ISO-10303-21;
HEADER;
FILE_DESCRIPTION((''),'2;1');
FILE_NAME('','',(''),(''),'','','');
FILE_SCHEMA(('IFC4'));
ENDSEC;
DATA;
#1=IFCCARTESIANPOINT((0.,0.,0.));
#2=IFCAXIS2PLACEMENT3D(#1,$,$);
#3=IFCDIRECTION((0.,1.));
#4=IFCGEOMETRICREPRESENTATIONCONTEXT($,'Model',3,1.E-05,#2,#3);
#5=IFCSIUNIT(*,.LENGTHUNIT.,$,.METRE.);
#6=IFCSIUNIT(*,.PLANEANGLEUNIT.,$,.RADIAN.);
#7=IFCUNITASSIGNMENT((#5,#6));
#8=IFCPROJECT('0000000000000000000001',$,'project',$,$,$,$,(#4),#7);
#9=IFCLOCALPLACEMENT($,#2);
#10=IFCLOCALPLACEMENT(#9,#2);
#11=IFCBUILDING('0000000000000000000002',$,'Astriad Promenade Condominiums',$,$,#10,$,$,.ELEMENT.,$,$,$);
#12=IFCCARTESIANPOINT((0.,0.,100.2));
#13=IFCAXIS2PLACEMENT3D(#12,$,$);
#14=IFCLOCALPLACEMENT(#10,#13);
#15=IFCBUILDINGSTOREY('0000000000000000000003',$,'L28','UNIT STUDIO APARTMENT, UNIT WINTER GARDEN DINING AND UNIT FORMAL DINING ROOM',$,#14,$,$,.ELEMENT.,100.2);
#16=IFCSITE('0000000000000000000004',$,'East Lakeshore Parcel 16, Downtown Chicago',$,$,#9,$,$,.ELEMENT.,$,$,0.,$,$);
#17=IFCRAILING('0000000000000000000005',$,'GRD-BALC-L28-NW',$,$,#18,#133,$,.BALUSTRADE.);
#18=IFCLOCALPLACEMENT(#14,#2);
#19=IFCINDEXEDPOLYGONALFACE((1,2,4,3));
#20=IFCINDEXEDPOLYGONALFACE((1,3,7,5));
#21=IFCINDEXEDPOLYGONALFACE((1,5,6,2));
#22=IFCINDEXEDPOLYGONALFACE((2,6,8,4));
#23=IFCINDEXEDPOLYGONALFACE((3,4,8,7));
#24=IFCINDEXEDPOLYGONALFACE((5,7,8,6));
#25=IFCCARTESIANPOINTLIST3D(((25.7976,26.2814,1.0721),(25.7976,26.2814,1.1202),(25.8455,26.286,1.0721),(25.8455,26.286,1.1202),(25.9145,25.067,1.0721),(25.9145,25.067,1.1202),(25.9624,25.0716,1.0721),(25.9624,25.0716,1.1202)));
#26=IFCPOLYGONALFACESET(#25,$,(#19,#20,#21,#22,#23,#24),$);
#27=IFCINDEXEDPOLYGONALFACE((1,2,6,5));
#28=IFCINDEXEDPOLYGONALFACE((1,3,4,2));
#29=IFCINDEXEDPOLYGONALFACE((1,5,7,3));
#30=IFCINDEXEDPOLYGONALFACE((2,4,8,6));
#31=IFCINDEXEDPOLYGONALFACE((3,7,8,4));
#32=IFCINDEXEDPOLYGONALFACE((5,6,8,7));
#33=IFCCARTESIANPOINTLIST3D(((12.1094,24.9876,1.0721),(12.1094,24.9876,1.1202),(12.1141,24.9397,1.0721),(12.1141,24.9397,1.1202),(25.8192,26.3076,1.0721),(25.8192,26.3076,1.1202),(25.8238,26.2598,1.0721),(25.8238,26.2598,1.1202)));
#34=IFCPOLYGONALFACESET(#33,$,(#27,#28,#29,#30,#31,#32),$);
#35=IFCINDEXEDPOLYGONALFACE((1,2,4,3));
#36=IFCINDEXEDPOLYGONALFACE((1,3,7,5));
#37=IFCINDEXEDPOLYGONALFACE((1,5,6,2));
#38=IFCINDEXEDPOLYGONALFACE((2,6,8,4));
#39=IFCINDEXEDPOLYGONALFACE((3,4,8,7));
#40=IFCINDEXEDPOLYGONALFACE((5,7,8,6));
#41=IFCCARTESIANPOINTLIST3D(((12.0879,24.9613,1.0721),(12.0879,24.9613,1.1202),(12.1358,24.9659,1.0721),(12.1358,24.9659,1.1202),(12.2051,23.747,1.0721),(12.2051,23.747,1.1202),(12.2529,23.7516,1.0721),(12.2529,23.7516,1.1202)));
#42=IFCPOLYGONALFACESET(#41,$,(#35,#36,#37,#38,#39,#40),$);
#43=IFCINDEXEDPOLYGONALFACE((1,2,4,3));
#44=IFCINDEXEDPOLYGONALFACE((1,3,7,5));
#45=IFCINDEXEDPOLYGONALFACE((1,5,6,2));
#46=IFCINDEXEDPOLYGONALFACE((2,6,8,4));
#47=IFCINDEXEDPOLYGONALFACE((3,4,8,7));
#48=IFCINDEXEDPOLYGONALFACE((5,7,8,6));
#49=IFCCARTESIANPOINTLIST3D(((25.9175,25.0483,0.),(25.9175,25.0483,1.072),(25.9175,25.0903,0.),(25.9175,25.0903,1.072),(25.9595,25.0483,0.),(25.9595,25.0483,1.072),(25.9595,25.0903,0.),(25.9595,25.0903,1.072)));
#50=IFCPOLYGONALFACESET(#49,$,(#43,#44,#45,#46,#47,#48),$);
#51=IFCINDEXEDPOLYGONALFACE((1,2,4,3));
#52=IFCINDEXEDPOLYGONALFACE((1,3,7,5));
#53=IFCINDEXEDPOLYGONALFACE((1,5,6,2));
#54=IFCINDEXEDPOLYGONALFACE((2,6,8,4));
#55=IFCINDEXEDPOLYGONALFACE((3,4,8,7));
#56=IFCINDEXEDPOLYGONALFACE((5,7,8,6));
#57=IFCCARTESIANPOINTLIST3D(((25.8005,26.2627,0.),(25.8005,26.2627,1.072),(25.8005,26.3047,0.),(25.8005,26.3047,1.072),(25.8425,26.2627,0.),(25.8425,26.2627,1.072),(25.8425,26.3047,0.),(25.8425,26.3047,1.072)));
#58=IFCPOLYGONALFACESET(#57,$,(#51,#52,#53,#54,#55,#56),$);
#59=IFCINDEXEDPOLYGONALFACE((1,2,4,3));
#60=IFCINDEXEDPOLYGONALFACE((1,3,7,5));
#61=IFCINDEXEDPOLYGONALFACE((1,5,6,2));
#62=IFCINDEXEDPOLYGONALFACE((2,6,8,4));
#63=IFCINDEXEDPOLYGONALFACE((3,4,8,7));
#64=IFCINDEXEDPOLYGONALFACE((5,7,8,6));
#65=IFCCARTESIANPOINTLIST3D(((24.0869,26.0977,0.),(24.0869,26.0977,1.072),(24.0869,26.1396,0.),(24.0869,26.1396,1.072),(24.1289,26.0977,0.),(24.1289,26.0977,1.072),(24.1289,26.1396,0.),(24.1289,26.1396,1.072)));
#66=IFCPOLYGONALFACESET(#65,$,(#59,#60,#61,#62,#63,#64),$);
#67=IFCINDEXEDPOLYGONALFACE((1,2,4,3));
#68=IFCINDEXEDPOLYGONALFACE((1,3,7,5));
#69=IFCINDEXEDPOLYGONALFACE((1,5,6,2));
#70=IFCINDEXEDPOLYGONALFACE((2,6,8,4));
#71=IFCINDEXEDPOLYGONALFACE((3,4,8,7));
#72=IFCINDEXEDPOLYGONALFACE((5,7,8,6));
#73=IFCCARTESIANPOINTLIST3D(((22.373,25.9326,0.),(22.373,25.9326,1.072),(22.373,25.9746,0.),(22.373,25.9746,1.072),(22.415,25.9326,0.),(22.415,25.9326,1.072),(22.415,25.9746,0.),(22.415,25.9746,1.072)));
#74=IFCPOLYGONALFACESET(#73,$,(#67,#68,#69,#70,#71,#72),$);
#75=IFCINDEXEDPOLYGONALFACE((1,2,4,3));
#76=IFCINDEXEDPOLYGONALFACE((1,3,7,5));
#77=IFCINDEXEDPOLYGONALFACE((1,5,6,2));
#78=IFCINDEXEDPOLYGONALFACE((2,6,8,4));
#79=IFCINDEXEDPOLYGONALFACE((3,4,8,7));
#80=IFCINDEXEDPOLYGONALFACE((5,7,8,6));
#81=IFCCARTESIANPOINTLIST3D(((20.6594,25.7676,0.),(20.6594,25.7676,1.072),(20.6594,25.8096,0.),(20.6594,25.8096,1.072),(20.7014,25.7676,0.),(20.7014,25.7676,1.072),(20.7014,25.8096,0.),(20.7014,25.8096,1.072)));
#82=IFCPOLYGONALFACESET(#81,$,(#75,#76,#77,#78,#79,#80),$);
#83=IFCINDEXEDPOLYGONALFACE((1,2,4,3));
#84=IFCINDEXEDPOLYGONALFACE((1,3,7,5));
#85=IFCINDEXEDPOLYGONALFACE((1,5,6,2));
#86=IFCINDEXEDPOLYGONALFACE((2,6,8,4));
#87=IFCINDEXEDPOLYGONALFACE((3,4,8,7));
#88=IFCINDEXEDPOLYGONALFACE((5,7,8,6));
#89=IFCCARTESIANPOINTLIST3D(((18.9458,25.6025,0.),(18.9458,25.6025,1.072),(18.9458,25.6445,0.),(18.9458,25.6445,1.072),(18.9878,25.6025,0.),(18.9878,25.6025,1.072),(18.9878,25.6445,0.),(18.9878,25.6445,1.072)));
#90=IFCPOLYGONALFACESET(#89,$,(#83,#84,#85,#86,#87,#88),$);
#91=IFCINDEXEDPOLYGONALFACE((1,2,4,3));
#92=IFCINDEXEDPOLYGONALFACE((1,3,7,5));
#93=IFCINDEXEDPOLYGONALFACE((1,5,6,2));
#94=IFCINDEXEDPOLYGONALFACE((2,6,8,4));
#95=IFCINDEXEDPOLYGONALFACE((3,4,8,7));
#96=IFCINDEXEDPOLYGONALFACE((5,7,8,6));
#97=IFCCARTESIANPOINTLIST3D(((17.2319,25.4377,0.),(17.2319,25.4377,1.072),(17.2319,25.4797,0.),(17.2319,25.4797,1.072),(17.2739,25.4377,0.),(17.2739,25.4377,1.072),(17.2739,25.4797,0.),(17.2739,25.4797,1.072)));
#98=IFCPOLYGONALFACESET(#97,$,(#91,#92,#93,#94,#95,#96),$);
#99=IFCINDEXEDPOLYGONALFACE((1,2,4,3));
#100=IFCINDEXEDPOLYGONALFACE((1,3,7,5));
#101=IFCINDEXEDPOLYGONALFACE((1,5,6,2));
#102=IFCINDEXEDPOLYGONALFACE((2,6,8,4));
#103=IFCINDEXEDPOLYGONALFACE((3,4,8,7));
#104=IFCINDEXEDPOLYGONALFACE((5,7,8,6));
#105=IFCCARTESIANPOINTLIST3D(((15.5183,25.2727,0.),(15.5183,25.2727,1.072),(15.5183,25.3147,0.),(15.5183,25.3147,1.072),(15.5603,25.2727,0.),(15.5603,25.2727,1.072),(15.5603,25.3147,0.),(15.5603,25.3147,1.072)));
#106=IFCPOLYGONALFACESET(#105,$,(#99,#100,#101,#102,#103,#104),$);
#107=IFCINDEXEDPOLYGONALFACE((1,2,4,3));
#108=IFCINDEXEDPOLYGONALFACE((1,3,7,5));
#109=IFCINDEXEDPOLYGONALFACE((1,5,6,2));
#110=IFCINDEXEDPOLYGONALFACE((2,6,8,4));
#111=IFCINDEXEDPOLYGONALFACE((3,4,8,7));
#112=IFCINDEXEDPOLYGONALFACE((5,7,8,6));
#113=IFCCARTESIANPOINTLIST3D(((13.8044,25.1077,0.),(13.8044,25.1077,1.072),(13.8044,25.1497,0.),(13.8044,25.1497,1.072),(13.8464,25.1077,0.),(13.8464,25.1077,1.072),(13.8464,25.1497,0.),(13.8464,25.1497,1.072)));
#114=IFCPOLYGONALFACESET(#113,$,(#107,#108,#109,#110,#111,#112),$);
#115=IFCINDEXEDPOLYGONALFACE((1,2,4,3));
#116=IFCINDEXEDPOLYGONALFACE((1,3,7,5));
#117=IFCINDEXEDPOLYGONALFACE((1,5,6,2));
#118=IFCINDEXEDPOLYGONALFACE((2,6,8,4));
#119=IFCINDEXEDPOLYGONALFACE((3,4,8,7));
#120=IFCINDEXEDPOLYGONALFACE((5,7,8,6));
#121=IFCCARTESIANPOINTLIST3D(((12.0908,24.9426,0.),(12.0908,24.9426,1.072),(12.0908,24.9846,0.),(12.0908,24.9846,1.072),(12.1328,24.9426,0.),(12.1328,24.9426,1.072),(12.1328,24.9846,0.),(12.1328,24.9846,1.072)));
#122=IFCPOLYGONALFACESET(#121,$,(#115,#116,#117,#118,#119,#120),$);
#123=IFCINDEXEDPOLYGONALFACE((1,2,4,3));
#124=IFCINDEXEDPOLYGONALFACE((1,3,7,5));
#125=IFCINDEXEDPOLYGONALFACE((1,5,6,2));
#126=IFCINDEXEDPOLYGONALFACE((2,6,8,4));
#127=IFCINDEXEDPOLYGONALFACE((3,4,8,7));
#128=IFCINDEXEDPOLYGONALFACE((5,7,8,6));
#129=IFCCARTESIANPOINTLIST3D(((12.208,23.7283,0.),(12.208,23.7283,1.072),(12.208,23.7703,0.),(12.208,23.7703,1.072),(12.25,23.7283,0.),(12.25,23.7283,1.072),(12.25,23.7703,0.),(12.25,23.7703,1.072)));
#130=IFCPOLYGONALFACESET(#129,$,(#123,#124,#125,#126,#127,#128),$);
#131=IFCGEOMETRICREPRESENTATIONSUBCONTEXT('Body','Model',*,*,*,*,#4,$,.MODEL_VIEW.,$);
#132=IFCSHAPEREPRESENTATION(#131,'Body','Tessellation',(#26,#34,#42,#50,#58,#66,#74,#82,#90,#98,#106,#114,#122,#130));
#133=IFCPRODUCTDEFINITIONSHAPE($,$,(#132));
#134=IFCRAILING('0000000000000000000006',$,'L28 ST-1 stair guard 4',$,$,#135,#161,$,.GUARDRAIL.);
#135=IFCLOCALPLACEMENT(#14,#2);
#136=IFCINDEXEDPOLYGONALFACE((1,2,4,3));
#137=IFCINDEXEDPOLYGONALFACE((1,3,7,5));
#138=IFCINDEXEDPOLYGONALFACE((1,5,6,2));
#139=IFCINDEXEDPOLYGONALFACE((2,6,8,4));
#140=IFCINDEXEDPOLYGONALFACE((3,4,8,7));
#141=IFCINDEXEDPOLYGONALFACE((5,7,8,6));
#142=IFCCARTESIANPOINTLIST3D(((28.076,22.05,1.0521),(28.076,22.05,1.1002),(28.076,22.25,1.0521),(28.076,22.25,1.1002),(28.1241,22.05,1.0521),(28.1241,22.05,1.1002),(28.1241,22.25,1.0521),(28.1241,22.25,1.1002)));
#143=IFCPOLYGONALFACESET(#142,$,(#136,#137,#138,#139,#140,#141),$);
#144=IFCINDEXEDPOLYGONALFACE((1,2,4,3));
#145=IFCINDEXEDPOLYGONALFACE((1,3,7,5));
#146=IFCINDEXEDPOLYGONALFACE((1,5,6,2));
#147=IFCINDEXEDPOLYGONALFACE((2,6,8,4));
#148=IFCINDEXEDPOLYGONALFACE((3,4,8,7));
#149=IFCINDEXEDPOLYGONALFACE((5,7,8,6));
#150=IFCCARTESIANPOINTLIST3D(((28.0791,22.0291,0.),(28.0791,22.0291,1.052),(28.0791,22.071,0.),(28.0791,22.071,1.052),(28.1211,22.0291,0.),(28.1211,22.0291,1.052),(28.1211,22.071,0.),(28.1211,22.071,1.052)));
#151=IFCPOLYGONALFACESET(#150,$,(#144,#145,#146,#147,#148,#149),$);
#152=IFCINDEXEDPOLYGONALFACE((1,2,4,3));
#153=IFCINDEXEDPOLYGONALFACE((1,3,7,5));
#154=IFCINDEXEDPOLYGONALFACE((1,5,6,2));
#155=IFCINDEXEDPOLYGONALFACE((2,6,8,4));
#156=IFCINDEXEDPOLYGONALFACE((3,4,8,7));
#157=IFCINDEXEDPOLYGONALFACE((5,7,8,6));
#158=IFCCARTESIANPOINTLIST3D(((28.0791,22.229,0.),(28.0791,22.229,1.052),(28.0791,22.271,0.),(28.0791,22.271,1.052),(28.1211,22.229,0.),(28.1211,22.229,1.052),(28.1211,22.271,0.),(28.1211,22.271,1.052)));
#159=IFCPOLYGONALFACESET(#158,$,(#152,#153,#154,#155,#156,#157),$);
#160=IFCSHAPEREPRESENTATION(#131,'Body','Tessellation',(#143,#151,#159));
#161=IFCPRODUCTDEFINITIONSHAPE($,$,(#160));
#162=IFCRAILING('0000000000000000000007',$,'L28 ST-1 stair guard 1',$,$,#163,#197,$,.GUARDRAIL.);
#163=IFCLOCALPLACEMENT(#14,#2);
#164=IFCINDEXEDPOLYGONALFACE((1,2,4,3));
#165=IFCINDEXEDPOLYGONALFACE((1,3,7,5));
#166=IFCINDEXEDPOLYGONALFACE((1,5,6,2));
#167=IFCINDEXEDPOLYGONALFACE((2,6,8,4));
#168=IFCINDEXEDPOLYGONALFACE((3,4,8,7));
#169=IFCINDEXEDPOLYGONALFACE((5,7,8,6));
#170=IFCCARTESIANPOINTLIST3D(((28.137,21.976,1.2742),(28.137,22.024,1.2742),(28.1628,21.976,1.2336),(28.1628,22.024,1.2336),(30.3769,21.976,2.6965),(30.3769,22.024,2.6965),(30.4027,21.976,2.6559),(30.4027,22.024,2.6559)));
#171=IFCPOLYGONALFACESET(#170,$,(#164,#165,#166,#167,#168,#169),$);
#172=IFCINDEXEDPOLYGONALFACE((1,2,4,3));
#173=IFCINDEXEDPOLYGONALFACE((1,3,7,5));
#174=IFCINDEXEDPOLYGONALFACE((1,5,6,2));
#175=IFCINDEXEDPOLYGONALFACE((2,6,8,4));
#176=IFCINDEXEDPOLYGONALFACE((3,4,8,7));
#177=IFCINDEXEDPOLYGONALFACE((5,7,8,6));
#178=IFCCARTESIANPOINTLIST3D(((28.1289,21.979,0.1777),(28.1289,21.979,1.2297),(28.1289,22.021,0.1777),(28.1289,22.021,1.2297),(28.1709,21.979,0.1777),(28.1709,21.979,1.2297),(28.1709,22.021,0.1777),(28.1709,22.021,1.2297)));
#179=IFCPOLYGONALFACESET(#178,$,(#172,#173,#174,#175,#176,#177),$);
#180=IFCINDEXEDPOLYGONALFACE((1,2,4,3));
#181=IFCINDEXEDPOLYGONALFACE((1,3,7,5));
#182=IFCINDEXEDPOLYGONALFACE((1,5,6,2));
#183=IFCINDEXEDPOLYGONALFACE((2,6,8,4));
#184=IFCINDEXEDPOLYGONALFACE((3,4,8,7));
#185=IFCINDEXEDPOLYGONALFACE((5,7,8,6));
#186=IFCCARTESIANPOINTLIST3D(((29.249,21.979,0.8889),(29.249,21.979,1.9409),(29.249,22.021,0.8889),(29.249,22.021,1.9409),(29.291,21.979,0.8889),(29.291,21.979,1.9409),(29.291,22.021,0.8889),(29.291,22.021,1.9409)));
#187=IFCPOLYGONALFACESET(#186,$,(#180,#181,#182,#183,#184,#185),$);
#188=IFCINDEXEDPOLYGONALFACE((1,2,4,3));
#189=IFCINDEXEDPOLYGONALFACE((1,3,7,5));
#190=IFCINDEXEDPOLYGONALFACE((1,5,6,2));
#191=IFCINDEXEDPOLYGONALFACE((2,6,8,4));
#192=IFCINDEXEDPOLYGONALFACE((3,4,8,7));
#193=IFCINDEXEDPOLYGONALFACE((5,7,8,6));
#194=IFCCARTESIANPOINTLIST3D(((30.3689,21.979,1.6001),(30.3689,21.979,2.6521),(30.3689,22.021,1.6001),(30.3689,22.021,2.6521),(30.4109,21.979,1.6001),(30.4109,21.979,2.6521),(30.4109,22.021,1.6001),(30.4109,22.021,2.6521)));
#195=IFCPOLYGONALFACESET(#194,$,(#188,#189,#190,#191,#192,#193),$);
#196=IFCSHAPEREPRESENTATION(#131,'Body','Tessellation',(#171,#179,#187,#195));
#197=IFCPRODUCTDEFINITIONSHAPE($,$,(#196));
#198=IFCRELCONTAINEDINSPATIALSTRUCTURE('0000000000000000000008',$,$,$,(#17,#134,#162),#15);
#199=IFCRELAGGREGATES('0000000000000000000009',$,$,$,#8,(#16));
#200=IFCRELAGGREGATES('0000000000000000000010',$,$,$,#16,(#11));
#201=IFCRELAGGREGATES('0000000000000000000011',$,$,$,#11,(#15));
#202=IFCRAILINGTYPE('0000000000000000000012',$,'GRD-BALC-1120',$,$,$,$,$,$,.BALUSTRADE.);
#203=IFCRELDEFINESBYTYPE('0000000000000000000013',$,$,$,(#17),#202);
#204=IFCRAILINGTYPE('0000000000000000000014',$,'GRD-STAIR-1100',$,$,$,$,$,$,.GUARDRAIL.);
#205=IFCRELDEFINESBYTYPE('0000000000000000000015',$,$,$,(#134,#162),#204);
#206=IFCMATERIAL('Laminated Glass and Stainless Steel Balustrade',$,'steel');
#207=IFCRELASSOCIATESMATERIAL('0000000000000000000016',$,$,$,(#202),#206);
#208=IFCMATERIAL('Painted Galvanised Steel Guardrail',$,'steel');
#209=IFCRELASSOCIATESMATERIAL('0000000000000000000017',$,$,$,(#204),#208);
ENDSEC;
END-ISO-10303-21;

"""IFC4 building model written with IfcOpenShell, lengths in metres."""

from ifc_helpers import new_model, si_unit, direction, frame, origin, origin_2d, place, context, subcontext, project, spatial, rectangle, extrude, source, transform, mapped, material, type_object, type_shapes, element, save


model = new_model("IFC4")

# Units and contexts
model_context = context("Model", 3, precision=1e-05, world=origin(), true_north=direction((0.0, 1.0)))
body_context = subcontext(model_context, "Body", "Model", "MODEL_VIEW")
ifc_project = project(units=[si_unit("LENGTHUNIT", "METRE"), si_unit("PLANEANGLEUNIT", "RADIAN")], contexts=[model_context])

# Site, building, storey
site_placement = place(None, origin())
site = spatial("IfcSite", under=ifc_project, at=site_placement, Name="East Lakeshore Parcel 16, Downtown Chicago", CompositionType="ELEMENT", RefElevation=0.0)
building_placement = place(site_placement, origin())
building = spatial("IfcBuilding", under=site, at=building_placement, Name="Astriad Promenade Condominiums", CompositionType="ELEMENT")
storey_placement = place(building_placement, frame((0.0, 0.0, 100.2)))
storey = spatial("IfcBuildingStorey", under=building, at=storey_placement, Name="L28", Description="UNIT STUDIO APARTMENT, UNIT WINTER GARDEN DINING AND UNIT FORMAL DINING ROOM", CompositionType="ELEMENT", Elevation=100.2)

# Railings
ifc_material_1 = material(Name="Laminated Glass and Stainless Steel Balustrade", Category="steel")
railing_type_1 = type_object("IfcRailingType", Name="GRD-BALC-1120", PredefinedType="BALUSTRADE", material=ifc_material_1)
shared_shape_1 = source(origin(), body_context, "Body", "SweptSolid", [
    extrude(rectangle(XDim=0.0481, YDim=0.0481, at=origin_2d()), frame((0.0, 0.0, 1.0962), z_axis=(-0.095857, 0.995395, 0.0), x_axis=(-0.995395, -0.095857, 0.0)), (0.0, 0.0, 1.0), 1.22),
    extrude(rectangle(XDim=0.0481, YDim=0.0481, at=origin_2d()), frame((-0.1169, 1.2144, 1.0962), z_axis=(-0.995396, -0.095844, 0.0), x_axis=(0.095844, -0.995396, 0.0)), (0.0, 0.0, 1.0), 13.7732),
    extrude(rectangle(XDim=0.0481, YDim=0.0481, at=origin_2d()), frame((-13.8267, -0.1057, 1.0962), z_axis=(0.096056, -0.995376, 0.0), x_axis=(0.995376, 0.096056, 0.0)), (0.0, 0.0, 1.0), 1.22),
    extrude(rectangle(XDim=0.042, YDim=0.042, at=origin_2d()), origin(), (0.0, 0.0, 1.0), 1.072),
    extrude(rectangle(XDim=0.042, YDim=0.042, at=origin_2d()), frame((-0.1169, 1.2144, 0.0)), (0.0, 0.0, 1.0), 1.072),
    extrude(rectangle(XDim=0.042, YDim=0.042, at=origin_2d()), frame((-1.8306, 1.0493, 0.0)), (0.0, 0.0, 1.0), 1.072),
    extrude(rectangle(XDim=0.042, YDim=0.042, at=origin_2d()), frame((-3.5444, 0.8843, 0.0)), (0.0, 0.0, 1.0), 1.072),
    extrude(rectangle(XDim=0.042, YDim=0.042, at=origin_2d()), frame((-5.2581, 0.7192, 0.0)), (0.0, 0.0, 1.0), 1.072),
    extrude(rectangle(XDim=0.042, YDim=0.042, at=origin_2d()), frame((-6.9717, 0.5542, 0.0)), (0.0, 0.0, 1.0), 1.072),
    extrude(rectangle(XDim=0.042, YDim=0.042, at=origin_2d()), frame((-8.6855, 0.3894, 0.0)), (0.0, 0.0, 1.0), 1.072),
    extrude(rectangle(XDim=0.042, YDim=0.042, at=origin_2d()), frame((-10.3992, 0.2244, 0.0)), (0.0, 0.0, 1.0), 1.072),
    extrude(rectangle(XDim=0.042, YDim=0.042, at=origin_2d()), frame((-12.113, 0.0593, 0.0)), (0.0, 0.0, 1.0), 1.072),
    extrude(rectangle(XDim=0.042, YDim=0.042, at=origin_2d()), frame((-13.8267, -0.1057, 0.0)), (0.0, 0.0, 1.0), 1.072),
    extrude(rectangle(XDim=0.042, YDim=0.042, at=origin_2d()), frame((-13.7095, -1.3201, 0.0)), (0.0, 0.0, 1.0), 1.072),
])
type_shapes(railing_type_1, [shared_shape_1])
railing_1_placement = place(storey_placement, frame((25.9385, 25.0693, 0.0)))
element("IfcRailing", 1, at=railing_1_placement, inside=storey, type_object=railing_type_1, Name="GRD-BALC-L28-NW", PredefinedType="BALUSTRADE", context=body_context, shape_type="MappedRepresentation", body=[
    mapped(shared_shape_1, transform((0.0, 0.0, 0.0), scale=1.0)),
])
ifc_material_2 = material(Name="Painted Galvanised Steel Guardrail", Category="steel")
railing_type_2 = type_object("IfcRailingType", Name="GRD-STAIR-1100", PredefinedType="GUARDRAIL", material=ifc_material_2)
shared_shape_2 = source(origin(), body_context, "Body", "SweptSolid", [
    extrude(rectangle(XDim=0.0481, YDim=0.0481, at=origin_2d()), frame((0.0, 0.0, 1.0762), z_axis=(0.0, 1.0, 0.0), x_axis=(-1.0, 0.0, 0.0)), (0.0, 0.0, 1.0), 0.2),
    extrude(rectangle(XDim=0.042, YDim=0.042, at=origin_2d()), origin(), (0.0, 0.0, 1.0), 1.052),
    extrude(rectangle(XDim=0.042, YDim=0.042, at=origin_2d()), frame((0.0, 0.2, 0.0)), (0.0, 0.0, 1.0), 1.052),
])
railing_2_placement = place(storey_placement, frame((28.1001, 22.05, 0.0)))
element("IfcRailing", 2, at=railing_2_placement, inside=storey, type_object=railing_type_2, Name="L28 ST-1 stair guard 4", PredefinedType="GUARDRAIL", context=body_context, shape_type="MappedRepresentation", body=[
    mapped(shared_shape_2, transform((0.0, 0.0, 0.0), scale=1.0)),
])
shared_shape_3 = source(origin(), body_context, "Body", "SweptSolid", [
    extrude(rectangle(XDim=0.0481, YDim=0.0481, at=origin_2d()), frame((0.0, 0.0, 1.0762), z_axis=(0.844188, 0.0, 0.536048), x_axis=(0.0, 1.0, 0.0)), (0.0, 0.0, 1.0), 2.6533),
    extrude(rectangle(XDim=0.042, YDim=0.042, at=origin_2d()), origin(), (0.0, 0.0, 1.0), 1.052),
    extrude(rectangle(XDim=0.042, YDim=0.042, at=origin_2d()), frame((1.1201, 0.0, 0.7112)), (0.0, 0.0, 1.0), 1.052),
    extrude(rectangle(XDim=0.042, YDim=0.042, at=origin_2d()), frame((2.24, 0.0, 1.4224)), (0.0, 0.0, 1.0), 1.052),
])
railing_3_placement = place(storey_placement, frame((28.1499, 22.0, 0.1777)))
element("IfcRailing", 3, at=railing_3_placement, inside=storey, type_object=railing_type_2, Name="L28 ST-1 stair guard 1", PredefinedType="GUARDRAIL", context=body_context, shape_type="MappedRepresentation", body=[
    mapped(shared_shape_3, transform((0.0, 0.0, 0.0), scale=1.0)),
])

save(model, "model.ifc")
